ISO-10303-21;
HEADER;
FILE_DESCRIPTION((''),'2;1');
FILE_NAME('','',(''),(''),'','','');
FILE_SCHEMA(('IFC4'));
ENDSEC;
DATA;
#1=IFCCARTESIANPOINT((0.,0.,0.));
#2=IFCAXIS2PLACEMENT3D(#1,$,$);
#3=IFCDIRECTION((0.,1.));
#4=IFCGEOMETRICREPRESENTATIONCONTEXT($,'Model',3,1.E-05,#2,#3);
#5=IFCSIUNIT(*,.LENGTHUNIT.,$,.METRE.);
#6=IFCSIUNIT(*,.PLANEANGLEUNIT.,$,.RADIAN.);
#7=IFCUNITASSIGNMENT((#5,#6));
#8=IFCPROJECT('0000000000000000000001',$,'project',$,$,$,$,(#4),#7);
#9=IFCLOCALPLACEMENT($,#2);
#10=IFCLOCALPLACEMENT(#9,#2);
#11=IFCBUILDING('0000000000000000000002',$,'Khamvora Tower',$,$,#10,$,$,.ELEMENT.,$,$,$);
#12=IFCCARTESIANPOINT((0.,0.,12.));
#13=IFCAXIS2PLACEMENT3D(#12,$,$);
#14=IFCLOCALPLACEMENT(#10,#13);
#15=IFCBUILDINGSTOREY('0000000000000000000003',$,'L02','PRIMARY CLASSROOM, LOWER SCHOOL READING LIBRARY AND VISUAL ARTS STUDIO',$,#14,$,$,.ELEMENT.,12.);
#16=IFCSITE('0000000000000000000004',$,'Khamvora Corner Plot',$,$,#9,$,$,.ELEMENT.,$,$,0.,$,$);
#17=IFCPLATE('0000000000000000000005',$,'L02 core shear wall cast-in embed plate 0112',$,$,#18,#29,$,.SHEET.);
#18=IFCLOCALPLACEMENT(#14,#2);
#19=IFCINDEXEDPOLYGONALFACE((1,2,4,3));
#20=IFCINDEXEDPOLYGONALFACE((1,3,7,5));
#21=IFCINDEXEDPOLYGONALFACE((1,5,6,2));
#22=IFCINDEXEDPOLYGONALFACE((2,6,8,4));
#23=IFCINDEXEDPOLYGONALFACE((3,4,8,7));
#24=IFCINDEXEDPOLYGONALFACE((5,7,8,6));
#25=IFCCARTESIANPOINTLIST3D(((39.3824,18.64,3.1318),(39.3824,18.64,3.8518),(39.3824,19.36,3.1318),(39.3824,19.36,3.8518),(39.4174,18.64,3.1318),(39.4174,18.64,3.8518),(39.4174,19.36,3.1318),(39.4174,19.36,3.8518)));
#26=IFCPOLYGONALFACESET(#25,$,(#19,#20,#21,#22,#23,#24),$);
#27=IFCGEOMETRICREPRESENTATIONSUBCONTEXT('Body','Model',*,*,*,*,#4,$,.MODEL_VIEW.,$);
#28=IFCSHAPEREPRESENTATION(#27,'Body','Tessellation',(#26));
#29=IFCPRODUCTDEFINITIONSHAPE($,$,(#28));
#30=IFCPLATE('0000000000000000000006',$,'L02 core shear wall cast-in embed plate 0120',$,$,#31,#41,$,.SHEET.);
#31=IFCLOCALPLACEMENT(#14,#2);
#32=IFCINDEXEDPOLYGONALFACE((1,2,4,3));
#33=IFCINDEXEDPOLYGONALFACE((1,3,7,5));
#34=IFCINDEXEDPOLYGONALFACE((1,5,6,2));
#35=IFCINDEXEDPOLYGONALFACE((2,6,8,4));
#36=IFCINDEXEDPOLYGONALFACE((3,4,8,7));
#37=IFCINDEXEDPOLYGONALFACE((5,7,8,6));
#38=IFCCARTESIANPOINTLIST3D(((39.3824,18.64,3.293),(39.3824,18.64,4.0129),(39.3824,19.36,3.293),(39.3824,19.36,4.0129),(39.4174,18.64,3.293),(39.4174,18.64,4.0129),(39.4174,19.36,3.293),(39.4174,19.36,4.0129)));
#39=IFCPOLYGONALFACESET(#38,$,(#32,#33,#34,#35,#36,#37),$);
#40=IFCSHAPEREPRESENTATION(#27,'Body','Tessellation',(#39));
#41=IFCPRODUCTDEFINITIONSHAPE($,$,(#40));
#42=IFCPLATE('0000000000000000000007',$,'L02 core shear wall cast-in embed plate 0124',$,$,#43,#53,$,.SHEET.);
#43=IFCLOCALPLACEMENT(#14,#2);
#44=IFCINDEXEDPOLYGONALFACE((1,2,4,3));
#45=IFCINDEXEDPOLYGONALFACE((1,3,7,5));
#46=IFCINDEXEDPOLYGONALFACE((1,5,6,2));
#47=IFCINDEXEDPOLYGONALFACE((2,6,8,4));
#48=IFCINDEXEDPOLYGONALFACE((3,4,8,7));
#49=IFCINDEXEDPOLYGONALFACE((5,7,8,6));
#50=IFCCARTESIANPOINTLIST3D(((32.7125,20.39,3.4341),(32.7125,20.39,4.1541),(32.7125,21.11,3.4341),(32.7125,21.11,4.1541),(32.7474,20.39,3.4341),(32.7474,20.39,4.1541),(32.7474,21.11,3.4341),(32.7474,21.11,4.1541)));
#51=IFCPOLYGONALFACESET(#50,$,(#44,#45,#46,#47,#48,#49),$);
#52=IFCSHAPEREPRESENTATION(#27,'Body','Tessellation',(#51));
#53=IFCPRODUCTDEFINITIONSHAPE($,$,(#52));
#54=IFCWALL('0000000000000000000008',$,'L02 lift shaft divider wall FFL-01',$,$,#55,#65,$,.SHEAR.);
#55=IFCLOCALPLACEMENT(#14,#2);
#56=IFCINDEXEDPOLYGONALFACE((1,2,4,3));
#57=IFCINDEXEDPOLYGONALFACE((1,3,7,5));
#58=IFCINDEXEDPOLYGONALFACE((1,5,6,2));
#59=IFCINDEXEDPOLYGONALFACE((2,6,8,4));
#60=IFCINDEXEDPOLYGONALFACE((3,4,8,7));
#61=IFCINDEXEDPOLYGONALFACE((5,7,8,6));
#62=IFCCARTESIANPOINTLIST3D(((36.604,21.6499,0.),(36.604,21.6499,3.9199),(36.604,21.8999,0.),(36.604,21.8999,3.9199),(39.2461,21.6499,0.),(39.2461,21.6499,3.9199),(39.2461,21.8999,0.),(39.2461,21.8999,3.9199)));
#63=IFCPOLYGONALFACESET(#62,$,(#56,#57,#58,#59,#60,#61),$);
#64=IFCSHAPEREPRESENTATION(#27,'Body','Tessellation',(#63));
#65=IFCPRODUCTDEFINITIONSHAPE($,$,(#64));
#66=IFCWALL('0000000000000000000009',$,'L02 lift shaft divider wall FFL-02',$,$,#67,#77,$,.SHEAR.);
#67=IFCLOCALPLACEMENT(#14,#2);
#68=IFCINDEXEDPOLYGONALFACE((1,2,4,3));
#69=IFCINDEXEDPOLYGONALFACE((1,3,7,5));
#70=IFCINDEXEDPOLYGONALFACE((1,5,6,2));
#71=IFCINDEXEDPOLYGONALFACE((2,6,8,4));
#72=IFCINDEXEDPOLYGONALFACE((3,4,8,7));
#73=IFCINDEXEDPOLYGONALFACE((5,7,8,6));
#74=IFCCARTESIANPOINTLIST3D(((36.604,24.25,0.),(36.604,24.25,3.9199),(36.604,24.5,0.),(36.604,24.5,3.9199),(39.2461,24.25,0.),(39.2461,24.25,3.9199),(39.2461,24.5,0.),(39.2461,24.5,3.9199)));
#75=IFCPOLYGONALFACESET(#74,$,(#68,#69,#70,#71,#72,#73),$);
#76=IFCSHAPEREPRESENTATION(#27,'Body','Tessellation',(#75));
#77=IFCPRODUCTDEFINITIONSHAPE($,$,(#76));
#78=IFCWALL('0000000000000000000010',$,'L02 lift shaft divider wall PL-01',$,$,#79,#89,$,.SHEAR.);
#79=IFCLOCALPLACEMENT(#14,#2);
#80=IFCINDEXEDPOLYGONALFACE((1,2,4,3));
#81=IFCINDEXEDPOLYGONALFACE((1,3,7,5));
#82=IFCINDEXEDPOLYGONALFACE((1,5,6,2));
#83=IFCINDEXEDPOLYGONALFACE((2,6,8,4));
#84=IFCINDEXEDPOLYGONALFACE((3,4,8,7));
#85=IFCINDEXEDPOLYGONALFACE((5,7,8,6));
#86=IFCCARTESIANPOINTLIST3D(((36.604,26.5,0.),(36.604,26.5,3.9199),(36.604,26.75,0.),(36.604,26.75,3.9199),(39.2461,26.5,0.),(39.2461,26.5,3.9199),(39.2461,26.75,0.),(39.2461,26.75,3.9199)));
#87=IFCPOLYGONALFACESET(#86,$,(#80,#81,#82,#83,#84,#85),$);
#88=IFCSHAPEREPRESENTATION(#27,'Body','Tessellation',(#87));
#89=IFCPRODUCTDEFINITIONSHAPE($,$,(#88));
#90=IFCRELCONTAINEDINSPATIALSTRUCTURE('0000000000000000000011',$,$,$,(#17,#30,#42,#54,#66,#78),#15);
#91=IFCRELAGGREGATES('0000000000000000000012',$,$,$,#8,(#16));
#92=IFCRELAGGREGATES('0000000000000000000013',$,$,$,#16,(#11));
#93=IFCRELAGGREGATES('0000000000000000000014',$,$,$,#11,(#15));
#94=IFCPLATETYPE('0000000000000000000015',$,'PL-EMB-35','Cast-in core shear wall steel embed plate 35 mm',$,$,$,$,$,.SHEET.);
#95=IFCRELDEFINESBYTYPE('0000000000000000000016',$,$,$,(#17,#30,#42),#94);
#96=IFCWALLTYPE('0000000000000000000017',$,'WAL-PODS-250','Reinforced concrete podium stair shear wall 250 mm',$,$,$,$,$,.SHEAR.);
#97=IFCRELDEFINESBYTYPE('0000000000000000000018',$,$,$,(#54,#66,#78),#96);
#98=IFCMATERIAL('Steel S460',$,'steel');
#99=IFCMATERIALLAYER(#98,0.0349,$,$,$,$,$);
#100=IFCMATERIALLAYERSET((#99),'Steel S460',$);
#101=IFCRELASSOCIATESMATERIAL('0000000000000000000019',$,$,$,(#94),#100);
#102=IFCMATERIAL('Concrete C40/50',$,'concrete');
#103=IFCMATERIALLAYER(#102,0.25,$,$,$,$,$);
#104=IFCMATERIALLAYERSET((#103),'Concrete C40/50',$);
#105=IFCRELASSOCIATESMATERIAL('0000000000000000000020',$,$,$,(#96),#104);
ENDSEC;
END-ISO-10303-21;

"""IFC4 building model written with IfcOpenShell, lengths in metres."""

from ifc_helpers import new_model, si_unit, direction, frame, frame_2d, origin, origin_2d, place, context, subcontext, project, spatial, rectangle, extrude, material, layer, layer_set, type_object, element, save


model = new_model("IFC4")

# Units and contexts
model_context = context("Model", 3, precision=1e-05, world=origin(), true_north=direction((0.0, 1.0)))
body_context = subcontext(model_context, "Body", "Model", "MODEL_VIEW")
ifc_project = project(units=[si_unit("LENGTHUNIT", "METRE"), si_unit("PLANEANGLEUNIT", "RADIAN")], contexts=[model_context])

# Site, building, storey
site_placement = place(None, origin())
site = spatial("IfcSite", under=ifc_project, at=site_placement, Name="Khamvora Corner Plot", CompositionType="ELEMENT", RefElevation=0.0)
building_placement = place(site_placement, origin())
building = spatial("IfcBuilding", under=site, at=building_placement, Name="Khamvora Tower", CompositionType="ELEMENT")
storey_placement = place(building_placement, frame((0.0, 0.0, 12.0)))
storey = spatial("IfcBuildingStorey", under=building, at=storey_placement, Name="L02", Description="PRIMARY CLASSROOM, LOWER SCHOOL READING LIBRARY AND VISUAL ARTS STUDIO", CompositionType="ELEMENT", Elevation=12.0)

# Shared definitions
ifc_material_1 = material(Name="Steel S460", Category="steel")

# Plates
ifc_layer_1 = layer(ifc_material_1, 0.0349)
ifc_layer_set_1 = layer_set([ifc_layer_1], Name="Steel S460")
plate_type = type_object("IfcPlateType", Name="PL-EMB-35", Description="Cast-in core shear wall steel embed plate 35 mm", PredefinedType="SHEET", material=ifc_layer_set_1)
for number, where, z_axis, x_axis, name in (
    (1, (39.3999, 19.0, 3.1318), (0.0, 0.0, 1.0), (1.0, 0.0, 0.0), "L02 core shear wall cast-in embed plate 0112"),
    (2, (39.3999, 19.0, 3.293), (0.0, 0.0, 1.0), (1.0, 0.0, 0.0), "L02 core shear wall cast-in embed plate 0120"),
    (3, (32.73, 20.75, 3.4341), (0.0, 0.0, 1.0), (1.0, 0.0, 0.0), "L02 core shear wall cast-in embed plate 0124"),
):
    element("IfcPlate", number, at=place(storey_placement, frame(where, z_axis=z_axis, x_axis=x_axis)), inside=storey, type_object=plate_type, Name=name, PredefinedType="SHEET", context=body_context, shape_type="SweptSolid", body=[
        extrude(rectangle(XDim=0.0349, YDim=0.72, at=origin_2d()), origin(), (0.0, 0.0, 1.0), 0.72),
    ])

# Walls
ifc_material_2 = material(Name="Concrete C40/50", Category="concrete")
ifc_layer_2 = layer(ifc_material_2, 0.25)
ifc_layer_set_2 = layer_set([ifc_layer_2], Name="Concrete C40/50")
wall_type_1 = type_object("IfcWallType", Name="WAL-PODS-250", Description="Reinforced concrete podium stair shear wall 250 mm", PredefinedType="SHEAR", material=ifc_layer_set_2)
for number, where, z_axis, x_axis, name in (
    (4, (36.604, 21.7749, 0.0), (0.0, 0.0, 1.0), (1.0, 0.0, 0.0), "L02 lift shaft divider wall FFL-01"),
    (5, (36.604, 24.375, 0.0), (0.0, 0.0, 1.0), (1.0, 0.0, 0.0), "L02 lift shaft divider wall FFL-02"),
    (6, (36.604, 26.625, 0.0), (0.0, 0.0, 1.0), (1.0, 0.0, 0.0), "L02 lift shaft divider wall PL-01"),
):
    element("IfcWall", number, at=place(storey_placement, frame(where, z_axis=z_axis, x_axis=x_axis)), inside=storey, type_object=wall_type_1, Name=name, PredefinedType="SHEAR", context=body_context, shape_type="SweptSolid", body=[
        extrude(rectangle(XDim=2.6421, YDim=0.25, at=frame_2d((1.321, 0.0))), origin(), (0.0, 0.0, 1.0), 3.9199),
    ])

save(model, "model.ifc")
